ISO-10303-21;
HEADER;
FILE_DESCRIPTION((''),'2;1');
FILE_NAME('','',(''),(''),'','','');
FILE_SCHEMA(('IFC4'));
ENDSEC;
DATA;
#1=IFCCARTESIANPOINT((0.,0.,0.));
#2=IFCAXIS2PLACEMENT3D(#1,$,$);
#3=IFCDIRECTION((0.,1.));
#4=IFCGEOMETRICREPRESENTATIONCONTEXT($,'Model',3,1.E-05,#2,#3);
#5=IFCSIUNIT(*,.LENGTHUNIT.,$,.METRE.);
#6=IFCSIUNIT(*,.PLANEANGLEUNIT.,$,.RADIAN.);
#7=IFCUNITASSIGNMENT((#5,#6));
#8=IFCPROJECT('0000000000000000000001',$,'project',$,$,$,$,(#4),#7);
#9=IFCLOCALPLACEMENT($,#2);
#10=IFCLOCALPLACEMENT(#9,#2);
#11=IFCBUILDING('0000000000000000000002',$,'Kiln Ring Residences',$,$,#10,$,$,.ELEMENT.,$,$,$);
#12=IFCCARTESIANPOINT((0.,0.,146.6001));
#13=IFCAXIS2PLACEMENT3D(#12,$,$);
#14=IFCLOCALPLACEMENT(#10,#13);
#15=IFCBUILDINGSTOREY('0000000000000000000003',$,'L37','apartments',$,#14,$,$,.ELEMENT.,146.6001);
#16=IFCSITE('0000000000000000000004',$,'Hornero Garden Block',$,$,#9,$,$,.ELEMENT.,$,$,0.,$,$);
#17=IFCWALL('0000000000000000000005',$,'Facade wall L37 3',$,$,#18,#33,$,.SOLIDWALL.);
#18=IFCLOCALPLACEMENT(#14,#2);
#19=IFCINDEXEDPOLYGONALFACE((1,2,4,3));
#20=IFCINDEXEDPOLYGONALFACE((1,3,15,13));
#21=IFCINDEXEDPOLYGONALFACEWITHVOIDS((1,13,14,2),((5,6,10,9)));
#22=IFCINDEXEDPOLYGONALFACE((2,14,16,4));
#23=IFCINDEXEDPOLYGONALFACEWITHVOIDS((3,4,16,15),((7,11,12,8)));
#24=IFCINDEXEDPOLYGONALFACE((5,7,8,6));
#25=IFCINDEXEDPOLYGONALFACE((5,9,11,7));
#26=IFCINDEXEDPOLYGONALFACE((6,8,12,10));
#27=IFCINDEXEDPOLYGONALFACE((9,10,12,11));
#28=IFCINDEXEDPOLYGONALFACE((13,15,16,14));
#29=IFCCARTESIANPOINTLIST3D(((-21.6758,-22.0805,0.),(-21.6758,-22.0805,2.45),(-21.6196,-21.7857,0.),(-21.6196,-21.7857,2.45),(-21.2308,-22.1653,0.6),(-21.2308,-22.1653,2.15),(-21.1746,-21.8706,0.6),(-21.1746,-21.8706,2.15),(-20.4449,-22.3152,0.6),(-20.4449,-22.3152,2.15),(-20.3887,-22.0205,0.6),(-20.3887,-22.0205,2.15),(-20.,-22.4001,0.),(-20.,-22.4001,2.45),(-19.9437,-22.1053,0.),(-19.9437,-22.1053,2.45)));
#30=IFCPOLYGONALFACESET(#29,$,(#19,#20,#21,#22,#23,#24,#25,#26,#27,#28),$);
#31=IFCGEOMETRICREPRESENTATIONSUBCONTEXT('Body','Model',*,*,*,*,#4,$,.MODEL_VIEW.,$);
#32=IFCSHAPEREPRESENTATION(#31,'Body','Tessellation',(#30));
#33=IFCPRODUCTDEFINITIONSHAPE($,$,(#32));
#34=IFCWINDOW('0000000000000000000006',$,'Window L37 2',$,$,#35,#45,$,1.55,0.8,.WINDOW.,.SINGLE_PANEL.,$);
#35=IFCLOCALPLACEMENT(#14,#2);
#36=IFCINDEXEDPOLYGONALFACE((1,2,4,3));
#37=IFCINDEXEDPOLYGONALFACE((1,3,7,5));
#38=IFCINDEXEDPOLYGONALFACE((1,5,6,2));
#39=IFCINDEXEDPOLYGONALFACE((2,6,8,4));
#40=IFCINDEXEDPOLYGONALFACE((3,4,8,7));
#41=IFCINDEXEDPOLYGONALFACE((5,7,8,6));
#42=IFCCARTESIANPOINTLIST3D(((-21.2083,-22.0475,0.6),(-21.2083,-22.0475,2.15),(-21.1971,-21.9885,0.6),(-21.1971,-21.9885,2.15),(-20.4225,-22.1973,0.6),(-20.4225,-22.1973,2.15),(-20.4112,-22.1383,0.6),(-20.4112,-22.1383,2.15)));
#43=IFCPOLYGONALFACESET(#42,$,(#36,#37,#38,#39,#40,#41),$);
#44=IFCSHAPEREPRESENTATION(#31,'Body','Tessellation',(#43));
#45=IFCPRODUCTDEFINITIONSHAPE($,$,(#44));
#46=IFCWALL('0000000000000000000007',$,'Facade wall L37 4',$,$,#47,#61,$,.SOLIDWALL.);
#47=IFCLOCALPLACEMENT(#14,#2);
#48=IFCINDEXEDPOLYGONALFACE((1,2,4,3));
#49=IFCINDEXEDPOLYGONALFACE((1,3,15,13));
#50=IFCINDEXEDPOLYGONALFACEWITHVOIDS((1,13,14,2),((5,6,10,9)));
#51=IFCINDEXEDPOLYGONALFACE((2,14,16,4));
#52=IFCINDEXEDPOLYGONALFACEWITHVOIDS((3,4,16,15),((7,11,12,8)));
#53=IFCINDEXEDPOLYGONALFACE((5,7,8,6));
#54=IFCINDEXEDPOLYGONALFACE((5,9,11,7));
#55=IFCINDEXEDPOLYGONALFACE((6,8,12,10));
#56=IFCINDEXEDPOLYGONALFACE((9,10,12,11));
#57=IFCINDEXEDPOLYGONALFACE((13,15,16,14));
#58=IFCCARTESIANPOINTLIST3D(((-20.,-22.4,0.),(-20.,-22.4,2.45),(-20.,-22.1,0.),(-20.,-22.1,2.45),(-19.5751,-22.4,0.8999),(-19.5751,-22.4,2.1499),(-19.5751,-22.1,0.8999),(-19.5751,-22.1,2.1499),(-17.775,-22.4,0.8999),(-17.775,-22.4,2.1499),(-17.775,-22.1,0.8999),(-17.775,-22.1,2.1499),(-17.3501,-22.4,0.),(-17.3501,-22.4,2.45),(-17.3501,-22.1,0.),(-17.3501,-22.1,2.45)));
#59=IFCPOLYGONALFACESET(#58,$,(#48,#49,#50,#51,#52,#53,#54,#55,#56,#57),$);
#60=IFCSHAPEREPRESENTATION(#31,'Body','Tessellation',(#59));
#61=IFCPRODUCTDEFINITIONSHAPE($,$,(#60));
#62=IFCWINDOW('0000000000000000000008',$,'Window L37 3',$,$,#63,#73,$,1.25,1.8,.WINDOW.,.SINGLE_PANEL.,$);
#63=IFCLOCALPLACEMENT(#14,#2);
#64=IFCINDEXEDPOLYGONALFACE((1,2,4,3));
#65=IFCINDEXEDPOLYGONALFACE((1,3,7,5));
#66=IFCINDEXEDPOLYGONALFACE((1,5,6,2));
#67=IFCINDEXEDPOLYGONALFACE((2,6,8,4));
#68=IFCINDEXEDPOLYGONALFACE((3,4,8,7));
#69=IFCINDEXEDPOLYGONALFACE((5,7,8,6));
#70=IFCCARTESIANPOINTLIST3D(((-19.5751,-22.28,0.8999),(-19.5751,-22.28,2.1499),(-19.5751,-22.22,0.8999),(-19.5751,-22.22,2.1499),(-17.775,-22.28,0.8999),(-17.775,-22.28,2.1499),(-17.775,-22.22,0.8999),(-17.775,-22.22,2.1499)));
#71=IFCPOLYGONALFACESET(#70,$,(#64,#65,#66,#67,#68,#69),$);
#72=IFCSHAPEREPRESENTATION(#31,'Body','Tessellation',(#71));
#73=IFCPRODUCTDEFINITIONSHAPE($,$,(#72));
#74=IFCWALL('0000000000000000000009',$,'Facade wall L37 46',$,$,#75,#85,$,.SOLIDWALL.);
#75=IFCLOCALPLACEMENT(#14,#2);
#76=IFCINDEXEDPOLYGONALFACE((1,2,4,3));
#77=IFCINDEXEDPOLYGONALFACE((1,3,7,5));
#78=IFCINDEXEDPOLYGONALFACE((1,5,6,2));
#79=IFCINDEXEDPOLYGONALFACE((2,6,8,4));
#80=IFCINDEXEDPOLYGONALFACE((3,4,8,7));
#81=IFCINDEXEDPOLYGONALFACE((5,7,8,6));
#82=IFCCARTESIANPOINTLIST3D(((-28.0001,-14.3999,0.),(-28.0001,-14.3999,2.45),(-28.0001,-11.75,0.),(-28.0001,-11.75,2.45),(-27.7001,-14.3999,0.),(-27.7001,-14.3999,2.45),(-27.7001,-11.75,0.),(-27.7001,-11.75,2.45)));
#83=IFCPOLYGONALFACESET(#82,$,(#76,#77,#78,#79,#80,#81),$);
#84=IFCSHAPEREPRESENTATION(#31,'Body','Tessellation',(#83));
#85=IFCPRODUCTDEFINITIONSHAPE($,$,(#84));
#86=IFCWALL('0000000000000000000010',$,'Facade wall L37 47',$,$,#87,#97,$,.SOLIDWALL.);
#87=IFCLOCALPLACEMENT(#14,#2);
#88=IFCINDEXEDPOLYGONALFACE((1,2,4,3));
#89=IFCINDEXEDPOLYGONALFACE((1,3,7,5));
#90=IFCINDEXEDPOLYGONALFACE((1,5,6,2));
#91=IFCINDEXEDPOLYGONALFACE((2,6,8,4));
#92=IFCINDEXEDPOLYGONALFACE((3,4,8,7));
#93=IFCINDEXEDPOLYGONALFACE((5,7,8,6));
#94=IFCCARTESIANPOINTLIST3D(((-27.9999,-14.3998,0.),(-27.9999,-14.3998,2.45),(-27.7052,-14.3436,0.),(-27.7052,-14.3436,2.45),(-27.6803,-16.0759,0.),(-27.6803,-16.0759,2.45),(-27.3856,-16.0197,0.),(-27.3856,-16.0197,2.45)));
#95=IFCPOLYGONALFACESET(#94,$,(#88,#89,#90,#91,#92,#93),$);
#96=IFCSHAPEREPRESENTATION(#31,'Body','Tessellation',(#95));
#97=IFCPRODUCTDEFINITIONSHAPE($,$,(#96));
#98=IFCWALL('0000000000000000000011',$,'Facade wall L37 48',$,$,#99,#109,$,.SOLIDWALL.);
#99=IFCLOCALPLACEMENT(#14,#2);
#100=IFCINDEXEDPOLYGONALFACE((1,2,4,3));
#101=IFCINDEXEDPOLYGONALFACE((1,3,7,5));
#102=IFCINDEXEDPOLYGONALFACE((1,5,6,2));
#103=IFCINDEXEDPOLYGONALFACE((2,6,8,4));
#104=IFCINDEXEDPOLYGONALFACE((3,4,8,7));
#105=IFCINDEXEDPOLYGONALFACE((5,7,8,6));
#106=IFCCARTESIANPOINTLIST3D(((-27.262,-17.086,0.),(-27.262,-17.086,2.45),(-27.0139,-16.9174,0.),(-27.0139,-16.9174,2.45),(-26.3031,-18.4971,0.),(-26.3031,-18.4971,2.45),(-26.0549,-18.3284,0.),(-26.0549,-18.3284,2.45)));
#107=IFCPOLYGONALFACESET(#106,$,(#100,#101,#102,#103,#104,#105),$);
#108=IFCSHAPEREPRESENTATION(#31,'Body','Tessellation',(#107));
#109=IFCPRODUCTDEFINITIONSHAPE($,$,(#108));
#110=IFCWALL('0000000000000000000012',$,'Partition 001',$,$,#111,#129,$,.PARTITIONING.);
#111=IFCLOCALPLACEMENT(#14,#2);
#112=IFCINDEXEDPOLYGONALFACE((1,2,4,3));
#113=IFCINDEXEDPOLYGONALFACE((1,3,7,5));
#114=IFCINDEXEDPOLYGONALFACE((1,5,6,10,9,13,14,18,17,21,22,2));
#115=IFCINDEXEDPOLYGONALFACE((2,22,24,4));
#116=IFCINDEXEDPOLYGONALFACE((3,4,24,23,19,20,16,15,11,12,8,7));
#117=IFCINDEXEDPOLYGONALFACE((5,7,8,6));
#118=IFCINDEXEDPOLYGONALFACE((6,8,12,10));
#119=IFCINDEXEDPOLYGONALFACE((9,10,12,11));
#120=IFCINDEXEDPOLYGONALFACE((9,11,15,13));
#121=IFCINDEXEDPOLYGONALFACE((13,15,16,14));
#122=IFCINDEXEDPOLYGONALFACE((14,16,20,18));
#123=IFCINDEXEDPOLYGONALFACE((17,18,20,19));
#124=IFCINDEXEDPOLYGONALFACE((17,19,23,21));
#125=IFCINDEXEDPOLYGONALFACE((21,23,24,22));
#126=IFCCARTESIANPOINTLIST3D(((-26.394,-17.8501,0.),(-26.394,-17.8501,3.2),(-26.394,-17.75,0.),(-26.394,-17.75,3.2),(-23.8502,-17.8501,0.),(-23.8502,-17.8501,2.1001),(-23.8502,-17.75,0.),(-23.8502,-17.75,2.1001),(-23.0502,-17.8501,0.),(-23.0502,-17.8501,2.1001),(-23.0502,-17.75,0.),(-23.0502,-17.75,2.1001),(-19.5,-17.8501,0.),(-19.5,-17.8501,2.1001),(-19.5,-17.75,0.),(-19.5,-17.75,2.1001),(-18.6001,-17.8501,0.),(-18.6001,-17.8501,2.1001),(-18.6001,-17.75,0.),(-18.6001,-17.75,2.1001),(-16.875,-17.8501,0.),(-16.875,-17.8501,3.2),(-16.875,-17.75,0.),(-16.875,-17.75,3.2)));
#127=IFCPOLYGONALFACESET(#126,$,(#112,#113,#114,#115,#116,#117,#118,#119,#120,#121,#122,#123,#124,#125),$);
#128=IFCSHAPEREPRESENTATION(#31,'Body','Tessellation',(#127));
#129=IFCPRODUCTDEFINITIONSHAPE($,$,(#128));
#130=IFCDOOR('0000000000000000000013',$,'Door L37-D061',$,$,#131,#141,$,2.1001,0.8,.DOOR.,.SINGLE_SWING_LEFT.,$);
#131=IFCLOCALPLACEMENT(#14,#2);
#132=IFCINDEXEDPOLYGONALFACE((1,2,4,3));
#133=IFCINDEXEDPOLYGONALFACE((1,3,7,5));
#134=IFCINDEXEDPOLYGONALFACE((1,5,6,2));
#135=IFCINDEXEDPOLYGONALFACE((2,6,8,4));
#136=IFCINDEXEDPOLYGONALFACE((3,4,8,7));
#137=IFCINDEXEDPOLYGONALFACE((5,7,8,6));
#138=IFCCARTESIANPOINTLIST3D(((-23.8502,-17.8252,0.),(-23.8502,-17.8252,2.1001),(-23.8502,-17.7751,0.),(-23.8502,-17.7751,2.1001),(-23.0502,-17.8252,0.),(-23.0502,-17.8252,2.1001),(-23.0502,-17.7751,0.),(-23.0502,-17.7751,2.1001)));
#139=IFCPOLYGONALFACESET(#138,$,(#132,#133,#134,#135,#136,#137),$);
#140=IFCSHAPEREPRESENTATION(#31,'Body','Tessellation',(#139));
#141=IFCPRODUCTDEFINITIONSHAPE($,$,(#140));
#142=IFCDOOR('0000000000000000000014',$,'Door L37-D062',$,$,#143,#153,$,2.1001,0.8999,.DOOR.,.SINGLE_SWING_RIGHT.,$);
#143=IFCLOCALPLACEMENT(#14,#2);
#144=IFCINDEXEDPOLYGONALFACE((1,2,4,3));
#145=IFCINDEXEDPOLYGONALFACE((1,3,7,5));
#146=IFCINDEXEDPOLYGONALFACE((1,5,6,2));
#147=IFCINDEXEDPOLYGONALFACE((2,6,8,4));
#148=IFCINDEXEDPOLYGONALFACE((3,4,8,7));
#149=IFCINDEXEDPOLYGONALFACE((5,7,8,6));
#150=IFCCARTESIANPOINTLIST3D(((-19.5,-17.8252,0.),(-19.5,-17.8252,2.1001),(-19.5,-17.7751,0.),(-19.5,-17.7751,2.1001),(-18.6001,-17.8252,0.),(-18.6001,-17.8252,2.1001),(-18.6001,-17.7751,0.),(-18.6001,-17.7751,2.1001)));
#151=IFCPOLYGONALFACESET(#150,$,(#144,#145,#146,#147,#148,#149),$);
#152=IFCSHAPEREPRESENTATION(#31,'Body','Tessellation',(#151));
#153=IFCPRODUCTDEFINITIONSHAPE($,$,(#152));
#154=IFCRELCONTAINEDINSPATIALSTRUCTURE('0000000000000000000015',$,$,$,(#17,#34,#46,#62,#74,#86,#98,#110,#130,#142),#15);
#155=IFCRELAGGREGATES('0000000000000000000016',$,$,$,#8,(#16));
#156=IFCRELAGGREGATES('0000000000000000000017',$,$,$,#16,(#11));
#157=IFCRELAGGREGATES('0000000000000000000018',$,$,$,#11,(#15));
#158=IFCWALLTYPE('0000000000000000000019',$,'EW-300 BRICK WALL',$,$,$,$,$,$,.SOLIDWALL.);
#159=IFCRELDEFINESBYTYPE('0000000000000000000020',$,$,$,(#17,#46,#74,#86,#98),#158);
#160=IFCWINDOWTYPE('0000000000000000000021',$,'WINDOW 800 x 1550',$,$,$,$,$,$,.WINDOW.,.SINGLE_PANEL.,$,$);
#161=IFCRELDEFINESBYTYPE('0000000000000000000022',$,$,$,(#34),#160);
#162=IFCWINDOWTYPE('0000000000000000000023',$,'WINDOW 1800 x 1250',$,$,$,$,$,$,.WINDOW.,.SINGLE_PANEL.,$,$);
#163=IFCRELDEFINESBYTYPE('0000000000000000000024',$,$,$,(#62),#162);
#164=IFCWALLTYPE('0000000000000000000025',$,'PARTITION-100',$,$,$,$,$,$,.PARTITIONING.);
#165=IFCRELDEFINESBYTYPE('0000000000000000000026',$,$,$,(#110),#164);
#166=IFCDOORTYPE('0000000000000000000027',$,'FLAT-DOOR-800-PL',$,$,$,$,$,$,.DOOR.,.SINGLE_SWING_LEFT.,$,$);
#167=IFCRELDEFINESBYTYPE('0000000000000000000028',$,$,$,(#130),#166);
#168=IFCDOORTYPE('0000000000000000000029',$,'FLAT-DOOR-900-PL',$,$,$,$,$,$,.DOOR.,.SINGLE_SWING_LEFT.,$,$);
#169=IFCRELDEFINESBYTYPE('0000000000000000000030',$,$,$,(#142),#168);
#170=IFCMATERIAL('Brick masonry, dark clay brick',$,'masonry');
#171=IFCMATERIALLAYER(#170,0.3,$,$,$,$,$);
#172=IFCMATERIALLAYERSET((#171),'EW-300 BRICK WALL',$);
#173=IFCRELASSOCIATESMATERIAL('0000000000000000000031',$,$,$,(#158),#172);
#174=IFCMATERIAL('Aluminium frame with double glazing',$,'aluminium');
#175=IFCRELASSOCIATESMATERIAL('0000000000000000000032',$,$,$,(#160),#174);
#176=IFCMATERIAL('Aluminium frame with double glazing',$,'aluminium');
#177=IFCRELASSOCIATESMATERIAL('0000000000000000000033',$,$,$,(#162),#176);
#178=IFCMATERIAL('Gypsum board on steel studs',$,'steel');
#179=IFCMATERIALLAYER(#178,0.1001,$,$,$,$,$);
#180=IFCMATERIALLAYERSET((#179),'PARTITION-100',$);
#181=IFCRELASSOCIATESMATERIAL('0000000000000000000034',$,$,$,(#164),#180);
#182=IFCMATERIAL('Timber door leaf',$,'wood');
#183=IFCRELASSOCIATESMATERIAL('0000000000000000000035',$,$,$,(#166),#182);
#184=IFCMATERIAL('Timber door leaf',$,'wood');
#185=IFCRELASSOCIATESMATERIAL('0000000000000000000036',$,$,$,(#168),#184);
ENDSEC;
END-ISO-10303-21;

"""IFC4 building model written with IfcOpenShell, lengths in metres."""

from ifc_helpers import new_model, si_unit, direction, frame, frame_2d, origin, place, context, subcontext, project, spatial, rectangle, extrude, material, layer, layer_set, type_object, element, fill, save


model = new_model("IFC4")

# Units and contexts
model_context = context("Model", 3, precision=1e-05, world=origin(), true_north=direction((0.0, 1.0)))
body_context = subcontext(model_context, "Body", "Model", "MODEL_VIEW")
ifc_project = project(units=[si_unit("LENGTHUNIT", "METRE"), si_unit("PLANEANGLEUNIT", "RADIAN")], contexts=[model_context])

# Site, building, storey
site_placement = place(None, origin())
site = spatial("IfcSite", under=ifc_project, at=site_placement, Name="Hornero Garden Block", CompositionType="ELEMENT", RefElevation=0.0)
building_placement = place(site_placement, origin())
building = spatial("IfcBuilding", under=site, at=building_placement, Name="Kiln Ring Residences", CompositionType="ELEMENT")
storey_placement = place(building_placement, frame((0.0, 0.0, 146.6001)))
storey = spatial("IfcBuildingStorey", under=building, at=storey_placement, Name="L37", Description="apartments", CompositionType="ELEMENT", Elevation=146.6001)

# Shared definitions
ifc_material_1 = material(Name="Brick masonry, dark clay brick", Category="masonry")
ifc_layer_1 = layer(ifc_material_1, 0.3)
ifc_layer_set_1 = layer_set([ifc_layer_1], Name="EW-300 BRICK WALL")
wall_type_1 = type_object("IfcWallType", Name="EW-300 BRICK WALL", PredefinedType="SOLIDWALL", material=ifc_layer_set_1)

# Walls, openings, windows
wall_1_placement = place(storey_placement, frame((-21.6477, -21.9331, 0.0), z_axis=(0.0, 0.0, 1.0), x_axis=(0.982297, -0.187329, 0.0)))
wall_1 = element("IfcWall", 1, at=wall_1_placement, inside=storey, type_object=wall_type_1, Name="Facade wall L37 3", PredefinedType="SOLIDWALL", context=body_context, shape_type="SweptSolid", body=[
    extrude(rectangle(XDim=1.7061, YDim=0.3, at=frame_2d((0.853, 0.0))), origin(), (0.0, 0.0, 1.0), 2.45),
])
opening_1_placement = place(wall_1_placement, frame((0.4531, 0.0, 0.6001)))
opening_1 = element("IfcOpeningElement", 2, at=opening_1_placement, cuts=wall_1, PredefinedType="OPENING", context=body_context, shape_type="SweptSolid", body=[
    extrude(rectangle(XDim=0.8, YDim=1.55, at=frame_2d((0.3999, 0.7749))), frame((0.0, 0.1599, 0.0), z_axis=(0.0, -1.0, 0.0), x_axis=(1.0, 0.0, 0.0)), (0.0, 0.0, 1.0), 0.3201),
])
ifc_material_2 = material(Name="Aluminium frame with double glazing", Category="aluminium")
window_type_1 = type_object("IfcWindowType", Name="WINDOW 800 x 1550", PartitioningType="SINGLE_PANEL", PredefinedType="WINDOW", material=ifc_material_2)
window_1_placement = place(opening_1_placement, origin())
window_1 = element("IfcWindow", 3, at=window_1_placement, inside=storey, type_object=window_type_1, Name="Window L37 2", OverallHeight=1.55, OverallWidth=0.8, PartitioningType="SINGLE_PANEL", PredefinedType="WINDOW", context=body_context, shape_type="SweptSolid", body=[
    extrude(rectangle(XDim=0.8, YDim=1.55, at=frame_2d((0.3999, 0.7749))), frame((0.0, 0.03, 0.0), z_axis=(0.0, -1.0, 0.0), x_axis=(1.0, 0.0, 0.0)), (0.0, 0.0, 1.0), 0.0601),
])
fill(opening_1, window_1)
wall_2_placement = place(storey_placement, frame((-20.0, -22.25, 0.0), z_axis=(0.0, 0.0, 1.0), x_axis=(1.0, 0.0, 0.0)))
wall_2 = element("IfcWall", 4, at=wall_2_placement, inside=storey, type_object=wall_type_1, Name="Facade wall L37 4", PredefinedType="SOLIDWALL", context=body_context, shape_type="SweptSolid", body=[
    extrude(rectangle(XDim=2.6499, YDim=0.3, at=frame_2d((1.325, 0.0))), origin(), (0.0, 0.0, 1.0), 2.45),
])
opening_2_placement = place(wall_2_placement, frame((0.425, 0.0, 0.8999)))
opening_2 = element("IfcOpeningElement", 5, at=opening_2_placement, cuts=wall_2, PredefinedType="OPENING", context=body_context, shape_type="SweptSolid", body=[
    extrude(rectangle(XDim=1.8, YDim=1.25, at=frame_2d((0.8999, 0.625))), frame((0.0, 0.1599, 0.0), z_axis=(0.0, -1.0, 0.0), x_axis=(1.0, 0.0, 0.0)), (0.0, 0.0, 1.0), 0.3201),
])
ifc_material_3 = material(Name="Aluminium frame with double glazing", Category="aluminium")
window_type_2 = type_object("IfcWindowType", Name="WINDOW 1800 x 1250", PartitioningType="SINGLE_PANEL", PredefinedType="WINDOW", material=ifc_material_3)
window_2_placement = place(opening_2_placement, origin())
window_2 = element("IfcWindow", 6, at=window_2_placement, inside=storey, type_object=window_type_2, Name="Window L37 3", OverallHeight=1.25, OverallWidth=1.8, PartitioningType="SINGLE_PANEL", PredefinedType="WINDOW", context=body_context, shape_type="SweptSolid", body=[
    extrude(rectangle(XDim=1.8, YDim=1.25, at=frame_2d((0.8999, 0.625))), frame((0.0, 0.03, 0.0), z_axis=(0.0, -1.0, 0.0), x_axis=(1.0, 0.0, 0.0)), (0.0, 0.0, 1.0), 0.0601),
])
fill(opening_2, window_2)

# Walls
wall_3_placement = place(storey_placement, frame((-27.8501, -11.75, 0.0), z_axis=(0.0, 0.0, 1.0), x_axis=(0.0, -1.0, 0.0)))
element("IfcWall", 7, at=wall_3_placement, inside=storey, type_object=wall_type_1, Name="Facade wall L37 46", PredefinedType="SOLIDWALL", context=body_context, shape_type="SweptSolid", body=[
    extrude(rectangle(XDim=2.6499, YDim=0.3, at=frame_2d((1.325, 0.0))), origin(), (0.0, 0.0, 1.0), 2.45),
])
wall_4_placement = place(storey_placement, frame((-27.8525, -14.3718, 0.0), z_axis=(0.0, 0.0, 1.0), x_axis=(0.187303, -0.982302, 0.0)))
element("IfcWall", 8, at=wall_4_placement, inside=storey, type_object=wall_type_1, Name="Facade wall L37 47", PredefinedType="SOLIDWALL", context=body_context, shape_type="SweptSolid", body=[
    extrude(rectangle(XDim=1.7063, YDim=0.3, at=frame_2d((0.853, 0.0))), origin(), (0.0, 0.0, 1.0), 2.45),
])
wall_5_placement = place(storey_placement, frame((-27.1379, -17.0017, 0.0), z_axis=(0.0, 0.0, 1.0), x_axis=(0.562075, -0.827086, 0.0)))
element("IfcWall", 9, at=wall_5_placement, inside=storey, type_object=wall_type_1, Name="Facade wall L37 48", PredefinedType="SOLIDWALL", context=body_context, shape_type="SweptSolid", body=[
    extrude(rectangle(XDim=1.7061, YDim=0.3, at=frame_2d((0.853, 0.0))), origin(), (0.0, 0.0, 1.0), 2.45),
])

# Wall, openings, doors
ifc_material_4 = material(Name="Gypsum board on steel studs", Category="steel")
ifc_layer_2 = layer(ifc_material_4, 0.1001)
ifc_layer_set_2 = layer_set([ifc_layer_2], Name="PARTITION-100")
wall_type_2 = type_object("IfcWallType", Name="PARTITION-100", PredefinedType="PARTITIONING", material=ifc_layer_set_2)
wall_6_placement = place(storey_placement, frame((-26.394, -17.8, 0.0), z_axis=(0.0, 0.0, 1.0), x_axis=(1.0, 0.0, 0.0)))
wall_6 = element("IfcWall", 10, at=wall_6_placement, inside=storey, type_object=wall_type_2, Name="Partition 001", PredefinedType="PARTITIONING", context=body_context, shape_type="SweptSolid", body=[
    extrude(rectangle(XDim=9.519, YDim=0.1001, at=frame_2d((4.7595, 0.0))), origin(), (0.0, 0.0, 1.0), 3.2),
])
opening_3_placement = place(wall_6_placement, frame((2.5439, 0.0, 0.0)))
opening_3 = element("IfcOpeningElement", 11, at=opening_3_placement, cuts=wall_6, PredefinedType="OPENING", context=body_context, shape_type="SweptSolid", body=[
    extrude(rectangle(XDim=0.8, YDim=2.1001, at=frame_2d((0.3999, 1.05))), frame((0.0, 0.0601, 0.0), z_axis=(0.0, -1.0, 0.0), x_axis=(1.0, 0.0, 0.0)), (0.0, 0.0, 1.0), 0.1201),
])
opening_4_placement = place(wall_6_placement, frame((6.894, 0.0, 0.0)))
opening_4 = element("IfcOpeningElement", 12, at=opening_4_placement, cuts=wall_6, PredefinedType="OPENING", context=body_context, shape_type="SweptSolid", body=[
    extrude(rectangle(XDim=0.8999, YDim=2.1001, at=frame_2d((0.45, 1.05))), frame((0.0, 0.0601, 0.0), z_axis=(0.0, -1.0, 0.0), x_axis=(1.0, 0.0, 0.0)), (0.0, 0.0, 1.0), 0.1201),
])
ifc_material_5 = material(Name="Timber door leaf", Category="wood")
door_type_1 = type_object("IfcDoorType", Name="FLAT-DOOR-800-PL", OperationType="SINGLE_SWING_LEFT", PredefinedType="DOOR", material=ifc_material_5)
door_1_placement = place(opening_3_placement, origin())
door_1 = element("IfcDoor", 13, at=door_1_placement, inside=storey, type_object=door_type_1, Name="Door L37-D061", OperationType="SINGLE_SWING_LEFT", OverallHeight=2.1001, OverallWidth=0.8, PredefinedType="DOOR", context=body_context, shape_type="SweptSolid", body=[
    extrude(rectangle(XDim=0.8, YDim=2.1001, at=frame_2d((0.3999, 1.05))), frame((0.0, 0.0249, 0.0), z_axis=(0.0, -1.0, 0.0), x_axis=(1.0, 0.0, 0.0)), (0.0, 0.0, 1.0), 0.05),
])
fill(opening_3, door_1)
ifc_material_6 = material(Name="Timber door leaf", Category="wood")
door_type_2 = type_object("IfcDoorType", Name="FLAT-DOOR-900-PL", OperationType="SINGLE_SWING_LEFT", PredefinedType="DOOR", material=ifc_material_6)
door_2_placement = place(opening_4_placement, origin())
door_2 = element("IfcDoor", 14, at=door_2_placement, inside=storey, type_object=door_type_2, Name="Door L37-D062", OperationType="SINGLE_SWING_RIGHT", OverallHeight=2.1001, OverallWidth=0.8999, PredefinedType="DOOR", context=body_context, shape_type="SweptSolid", body=[
    extrude(rectangle(XDim=0.8999, YDim=2.1001, at=frame_2d((0.45, 1.05))), frame((0.0, 0.0249, 0.0), z_axis=(0.0, -1.0, 0.0), x_axis=(1.0, 0.0, 0.0)), (0.0, 0.0, 1.0), 0.05),
])
fill(opening_4, door_2)

save(model, "model.ifc")
